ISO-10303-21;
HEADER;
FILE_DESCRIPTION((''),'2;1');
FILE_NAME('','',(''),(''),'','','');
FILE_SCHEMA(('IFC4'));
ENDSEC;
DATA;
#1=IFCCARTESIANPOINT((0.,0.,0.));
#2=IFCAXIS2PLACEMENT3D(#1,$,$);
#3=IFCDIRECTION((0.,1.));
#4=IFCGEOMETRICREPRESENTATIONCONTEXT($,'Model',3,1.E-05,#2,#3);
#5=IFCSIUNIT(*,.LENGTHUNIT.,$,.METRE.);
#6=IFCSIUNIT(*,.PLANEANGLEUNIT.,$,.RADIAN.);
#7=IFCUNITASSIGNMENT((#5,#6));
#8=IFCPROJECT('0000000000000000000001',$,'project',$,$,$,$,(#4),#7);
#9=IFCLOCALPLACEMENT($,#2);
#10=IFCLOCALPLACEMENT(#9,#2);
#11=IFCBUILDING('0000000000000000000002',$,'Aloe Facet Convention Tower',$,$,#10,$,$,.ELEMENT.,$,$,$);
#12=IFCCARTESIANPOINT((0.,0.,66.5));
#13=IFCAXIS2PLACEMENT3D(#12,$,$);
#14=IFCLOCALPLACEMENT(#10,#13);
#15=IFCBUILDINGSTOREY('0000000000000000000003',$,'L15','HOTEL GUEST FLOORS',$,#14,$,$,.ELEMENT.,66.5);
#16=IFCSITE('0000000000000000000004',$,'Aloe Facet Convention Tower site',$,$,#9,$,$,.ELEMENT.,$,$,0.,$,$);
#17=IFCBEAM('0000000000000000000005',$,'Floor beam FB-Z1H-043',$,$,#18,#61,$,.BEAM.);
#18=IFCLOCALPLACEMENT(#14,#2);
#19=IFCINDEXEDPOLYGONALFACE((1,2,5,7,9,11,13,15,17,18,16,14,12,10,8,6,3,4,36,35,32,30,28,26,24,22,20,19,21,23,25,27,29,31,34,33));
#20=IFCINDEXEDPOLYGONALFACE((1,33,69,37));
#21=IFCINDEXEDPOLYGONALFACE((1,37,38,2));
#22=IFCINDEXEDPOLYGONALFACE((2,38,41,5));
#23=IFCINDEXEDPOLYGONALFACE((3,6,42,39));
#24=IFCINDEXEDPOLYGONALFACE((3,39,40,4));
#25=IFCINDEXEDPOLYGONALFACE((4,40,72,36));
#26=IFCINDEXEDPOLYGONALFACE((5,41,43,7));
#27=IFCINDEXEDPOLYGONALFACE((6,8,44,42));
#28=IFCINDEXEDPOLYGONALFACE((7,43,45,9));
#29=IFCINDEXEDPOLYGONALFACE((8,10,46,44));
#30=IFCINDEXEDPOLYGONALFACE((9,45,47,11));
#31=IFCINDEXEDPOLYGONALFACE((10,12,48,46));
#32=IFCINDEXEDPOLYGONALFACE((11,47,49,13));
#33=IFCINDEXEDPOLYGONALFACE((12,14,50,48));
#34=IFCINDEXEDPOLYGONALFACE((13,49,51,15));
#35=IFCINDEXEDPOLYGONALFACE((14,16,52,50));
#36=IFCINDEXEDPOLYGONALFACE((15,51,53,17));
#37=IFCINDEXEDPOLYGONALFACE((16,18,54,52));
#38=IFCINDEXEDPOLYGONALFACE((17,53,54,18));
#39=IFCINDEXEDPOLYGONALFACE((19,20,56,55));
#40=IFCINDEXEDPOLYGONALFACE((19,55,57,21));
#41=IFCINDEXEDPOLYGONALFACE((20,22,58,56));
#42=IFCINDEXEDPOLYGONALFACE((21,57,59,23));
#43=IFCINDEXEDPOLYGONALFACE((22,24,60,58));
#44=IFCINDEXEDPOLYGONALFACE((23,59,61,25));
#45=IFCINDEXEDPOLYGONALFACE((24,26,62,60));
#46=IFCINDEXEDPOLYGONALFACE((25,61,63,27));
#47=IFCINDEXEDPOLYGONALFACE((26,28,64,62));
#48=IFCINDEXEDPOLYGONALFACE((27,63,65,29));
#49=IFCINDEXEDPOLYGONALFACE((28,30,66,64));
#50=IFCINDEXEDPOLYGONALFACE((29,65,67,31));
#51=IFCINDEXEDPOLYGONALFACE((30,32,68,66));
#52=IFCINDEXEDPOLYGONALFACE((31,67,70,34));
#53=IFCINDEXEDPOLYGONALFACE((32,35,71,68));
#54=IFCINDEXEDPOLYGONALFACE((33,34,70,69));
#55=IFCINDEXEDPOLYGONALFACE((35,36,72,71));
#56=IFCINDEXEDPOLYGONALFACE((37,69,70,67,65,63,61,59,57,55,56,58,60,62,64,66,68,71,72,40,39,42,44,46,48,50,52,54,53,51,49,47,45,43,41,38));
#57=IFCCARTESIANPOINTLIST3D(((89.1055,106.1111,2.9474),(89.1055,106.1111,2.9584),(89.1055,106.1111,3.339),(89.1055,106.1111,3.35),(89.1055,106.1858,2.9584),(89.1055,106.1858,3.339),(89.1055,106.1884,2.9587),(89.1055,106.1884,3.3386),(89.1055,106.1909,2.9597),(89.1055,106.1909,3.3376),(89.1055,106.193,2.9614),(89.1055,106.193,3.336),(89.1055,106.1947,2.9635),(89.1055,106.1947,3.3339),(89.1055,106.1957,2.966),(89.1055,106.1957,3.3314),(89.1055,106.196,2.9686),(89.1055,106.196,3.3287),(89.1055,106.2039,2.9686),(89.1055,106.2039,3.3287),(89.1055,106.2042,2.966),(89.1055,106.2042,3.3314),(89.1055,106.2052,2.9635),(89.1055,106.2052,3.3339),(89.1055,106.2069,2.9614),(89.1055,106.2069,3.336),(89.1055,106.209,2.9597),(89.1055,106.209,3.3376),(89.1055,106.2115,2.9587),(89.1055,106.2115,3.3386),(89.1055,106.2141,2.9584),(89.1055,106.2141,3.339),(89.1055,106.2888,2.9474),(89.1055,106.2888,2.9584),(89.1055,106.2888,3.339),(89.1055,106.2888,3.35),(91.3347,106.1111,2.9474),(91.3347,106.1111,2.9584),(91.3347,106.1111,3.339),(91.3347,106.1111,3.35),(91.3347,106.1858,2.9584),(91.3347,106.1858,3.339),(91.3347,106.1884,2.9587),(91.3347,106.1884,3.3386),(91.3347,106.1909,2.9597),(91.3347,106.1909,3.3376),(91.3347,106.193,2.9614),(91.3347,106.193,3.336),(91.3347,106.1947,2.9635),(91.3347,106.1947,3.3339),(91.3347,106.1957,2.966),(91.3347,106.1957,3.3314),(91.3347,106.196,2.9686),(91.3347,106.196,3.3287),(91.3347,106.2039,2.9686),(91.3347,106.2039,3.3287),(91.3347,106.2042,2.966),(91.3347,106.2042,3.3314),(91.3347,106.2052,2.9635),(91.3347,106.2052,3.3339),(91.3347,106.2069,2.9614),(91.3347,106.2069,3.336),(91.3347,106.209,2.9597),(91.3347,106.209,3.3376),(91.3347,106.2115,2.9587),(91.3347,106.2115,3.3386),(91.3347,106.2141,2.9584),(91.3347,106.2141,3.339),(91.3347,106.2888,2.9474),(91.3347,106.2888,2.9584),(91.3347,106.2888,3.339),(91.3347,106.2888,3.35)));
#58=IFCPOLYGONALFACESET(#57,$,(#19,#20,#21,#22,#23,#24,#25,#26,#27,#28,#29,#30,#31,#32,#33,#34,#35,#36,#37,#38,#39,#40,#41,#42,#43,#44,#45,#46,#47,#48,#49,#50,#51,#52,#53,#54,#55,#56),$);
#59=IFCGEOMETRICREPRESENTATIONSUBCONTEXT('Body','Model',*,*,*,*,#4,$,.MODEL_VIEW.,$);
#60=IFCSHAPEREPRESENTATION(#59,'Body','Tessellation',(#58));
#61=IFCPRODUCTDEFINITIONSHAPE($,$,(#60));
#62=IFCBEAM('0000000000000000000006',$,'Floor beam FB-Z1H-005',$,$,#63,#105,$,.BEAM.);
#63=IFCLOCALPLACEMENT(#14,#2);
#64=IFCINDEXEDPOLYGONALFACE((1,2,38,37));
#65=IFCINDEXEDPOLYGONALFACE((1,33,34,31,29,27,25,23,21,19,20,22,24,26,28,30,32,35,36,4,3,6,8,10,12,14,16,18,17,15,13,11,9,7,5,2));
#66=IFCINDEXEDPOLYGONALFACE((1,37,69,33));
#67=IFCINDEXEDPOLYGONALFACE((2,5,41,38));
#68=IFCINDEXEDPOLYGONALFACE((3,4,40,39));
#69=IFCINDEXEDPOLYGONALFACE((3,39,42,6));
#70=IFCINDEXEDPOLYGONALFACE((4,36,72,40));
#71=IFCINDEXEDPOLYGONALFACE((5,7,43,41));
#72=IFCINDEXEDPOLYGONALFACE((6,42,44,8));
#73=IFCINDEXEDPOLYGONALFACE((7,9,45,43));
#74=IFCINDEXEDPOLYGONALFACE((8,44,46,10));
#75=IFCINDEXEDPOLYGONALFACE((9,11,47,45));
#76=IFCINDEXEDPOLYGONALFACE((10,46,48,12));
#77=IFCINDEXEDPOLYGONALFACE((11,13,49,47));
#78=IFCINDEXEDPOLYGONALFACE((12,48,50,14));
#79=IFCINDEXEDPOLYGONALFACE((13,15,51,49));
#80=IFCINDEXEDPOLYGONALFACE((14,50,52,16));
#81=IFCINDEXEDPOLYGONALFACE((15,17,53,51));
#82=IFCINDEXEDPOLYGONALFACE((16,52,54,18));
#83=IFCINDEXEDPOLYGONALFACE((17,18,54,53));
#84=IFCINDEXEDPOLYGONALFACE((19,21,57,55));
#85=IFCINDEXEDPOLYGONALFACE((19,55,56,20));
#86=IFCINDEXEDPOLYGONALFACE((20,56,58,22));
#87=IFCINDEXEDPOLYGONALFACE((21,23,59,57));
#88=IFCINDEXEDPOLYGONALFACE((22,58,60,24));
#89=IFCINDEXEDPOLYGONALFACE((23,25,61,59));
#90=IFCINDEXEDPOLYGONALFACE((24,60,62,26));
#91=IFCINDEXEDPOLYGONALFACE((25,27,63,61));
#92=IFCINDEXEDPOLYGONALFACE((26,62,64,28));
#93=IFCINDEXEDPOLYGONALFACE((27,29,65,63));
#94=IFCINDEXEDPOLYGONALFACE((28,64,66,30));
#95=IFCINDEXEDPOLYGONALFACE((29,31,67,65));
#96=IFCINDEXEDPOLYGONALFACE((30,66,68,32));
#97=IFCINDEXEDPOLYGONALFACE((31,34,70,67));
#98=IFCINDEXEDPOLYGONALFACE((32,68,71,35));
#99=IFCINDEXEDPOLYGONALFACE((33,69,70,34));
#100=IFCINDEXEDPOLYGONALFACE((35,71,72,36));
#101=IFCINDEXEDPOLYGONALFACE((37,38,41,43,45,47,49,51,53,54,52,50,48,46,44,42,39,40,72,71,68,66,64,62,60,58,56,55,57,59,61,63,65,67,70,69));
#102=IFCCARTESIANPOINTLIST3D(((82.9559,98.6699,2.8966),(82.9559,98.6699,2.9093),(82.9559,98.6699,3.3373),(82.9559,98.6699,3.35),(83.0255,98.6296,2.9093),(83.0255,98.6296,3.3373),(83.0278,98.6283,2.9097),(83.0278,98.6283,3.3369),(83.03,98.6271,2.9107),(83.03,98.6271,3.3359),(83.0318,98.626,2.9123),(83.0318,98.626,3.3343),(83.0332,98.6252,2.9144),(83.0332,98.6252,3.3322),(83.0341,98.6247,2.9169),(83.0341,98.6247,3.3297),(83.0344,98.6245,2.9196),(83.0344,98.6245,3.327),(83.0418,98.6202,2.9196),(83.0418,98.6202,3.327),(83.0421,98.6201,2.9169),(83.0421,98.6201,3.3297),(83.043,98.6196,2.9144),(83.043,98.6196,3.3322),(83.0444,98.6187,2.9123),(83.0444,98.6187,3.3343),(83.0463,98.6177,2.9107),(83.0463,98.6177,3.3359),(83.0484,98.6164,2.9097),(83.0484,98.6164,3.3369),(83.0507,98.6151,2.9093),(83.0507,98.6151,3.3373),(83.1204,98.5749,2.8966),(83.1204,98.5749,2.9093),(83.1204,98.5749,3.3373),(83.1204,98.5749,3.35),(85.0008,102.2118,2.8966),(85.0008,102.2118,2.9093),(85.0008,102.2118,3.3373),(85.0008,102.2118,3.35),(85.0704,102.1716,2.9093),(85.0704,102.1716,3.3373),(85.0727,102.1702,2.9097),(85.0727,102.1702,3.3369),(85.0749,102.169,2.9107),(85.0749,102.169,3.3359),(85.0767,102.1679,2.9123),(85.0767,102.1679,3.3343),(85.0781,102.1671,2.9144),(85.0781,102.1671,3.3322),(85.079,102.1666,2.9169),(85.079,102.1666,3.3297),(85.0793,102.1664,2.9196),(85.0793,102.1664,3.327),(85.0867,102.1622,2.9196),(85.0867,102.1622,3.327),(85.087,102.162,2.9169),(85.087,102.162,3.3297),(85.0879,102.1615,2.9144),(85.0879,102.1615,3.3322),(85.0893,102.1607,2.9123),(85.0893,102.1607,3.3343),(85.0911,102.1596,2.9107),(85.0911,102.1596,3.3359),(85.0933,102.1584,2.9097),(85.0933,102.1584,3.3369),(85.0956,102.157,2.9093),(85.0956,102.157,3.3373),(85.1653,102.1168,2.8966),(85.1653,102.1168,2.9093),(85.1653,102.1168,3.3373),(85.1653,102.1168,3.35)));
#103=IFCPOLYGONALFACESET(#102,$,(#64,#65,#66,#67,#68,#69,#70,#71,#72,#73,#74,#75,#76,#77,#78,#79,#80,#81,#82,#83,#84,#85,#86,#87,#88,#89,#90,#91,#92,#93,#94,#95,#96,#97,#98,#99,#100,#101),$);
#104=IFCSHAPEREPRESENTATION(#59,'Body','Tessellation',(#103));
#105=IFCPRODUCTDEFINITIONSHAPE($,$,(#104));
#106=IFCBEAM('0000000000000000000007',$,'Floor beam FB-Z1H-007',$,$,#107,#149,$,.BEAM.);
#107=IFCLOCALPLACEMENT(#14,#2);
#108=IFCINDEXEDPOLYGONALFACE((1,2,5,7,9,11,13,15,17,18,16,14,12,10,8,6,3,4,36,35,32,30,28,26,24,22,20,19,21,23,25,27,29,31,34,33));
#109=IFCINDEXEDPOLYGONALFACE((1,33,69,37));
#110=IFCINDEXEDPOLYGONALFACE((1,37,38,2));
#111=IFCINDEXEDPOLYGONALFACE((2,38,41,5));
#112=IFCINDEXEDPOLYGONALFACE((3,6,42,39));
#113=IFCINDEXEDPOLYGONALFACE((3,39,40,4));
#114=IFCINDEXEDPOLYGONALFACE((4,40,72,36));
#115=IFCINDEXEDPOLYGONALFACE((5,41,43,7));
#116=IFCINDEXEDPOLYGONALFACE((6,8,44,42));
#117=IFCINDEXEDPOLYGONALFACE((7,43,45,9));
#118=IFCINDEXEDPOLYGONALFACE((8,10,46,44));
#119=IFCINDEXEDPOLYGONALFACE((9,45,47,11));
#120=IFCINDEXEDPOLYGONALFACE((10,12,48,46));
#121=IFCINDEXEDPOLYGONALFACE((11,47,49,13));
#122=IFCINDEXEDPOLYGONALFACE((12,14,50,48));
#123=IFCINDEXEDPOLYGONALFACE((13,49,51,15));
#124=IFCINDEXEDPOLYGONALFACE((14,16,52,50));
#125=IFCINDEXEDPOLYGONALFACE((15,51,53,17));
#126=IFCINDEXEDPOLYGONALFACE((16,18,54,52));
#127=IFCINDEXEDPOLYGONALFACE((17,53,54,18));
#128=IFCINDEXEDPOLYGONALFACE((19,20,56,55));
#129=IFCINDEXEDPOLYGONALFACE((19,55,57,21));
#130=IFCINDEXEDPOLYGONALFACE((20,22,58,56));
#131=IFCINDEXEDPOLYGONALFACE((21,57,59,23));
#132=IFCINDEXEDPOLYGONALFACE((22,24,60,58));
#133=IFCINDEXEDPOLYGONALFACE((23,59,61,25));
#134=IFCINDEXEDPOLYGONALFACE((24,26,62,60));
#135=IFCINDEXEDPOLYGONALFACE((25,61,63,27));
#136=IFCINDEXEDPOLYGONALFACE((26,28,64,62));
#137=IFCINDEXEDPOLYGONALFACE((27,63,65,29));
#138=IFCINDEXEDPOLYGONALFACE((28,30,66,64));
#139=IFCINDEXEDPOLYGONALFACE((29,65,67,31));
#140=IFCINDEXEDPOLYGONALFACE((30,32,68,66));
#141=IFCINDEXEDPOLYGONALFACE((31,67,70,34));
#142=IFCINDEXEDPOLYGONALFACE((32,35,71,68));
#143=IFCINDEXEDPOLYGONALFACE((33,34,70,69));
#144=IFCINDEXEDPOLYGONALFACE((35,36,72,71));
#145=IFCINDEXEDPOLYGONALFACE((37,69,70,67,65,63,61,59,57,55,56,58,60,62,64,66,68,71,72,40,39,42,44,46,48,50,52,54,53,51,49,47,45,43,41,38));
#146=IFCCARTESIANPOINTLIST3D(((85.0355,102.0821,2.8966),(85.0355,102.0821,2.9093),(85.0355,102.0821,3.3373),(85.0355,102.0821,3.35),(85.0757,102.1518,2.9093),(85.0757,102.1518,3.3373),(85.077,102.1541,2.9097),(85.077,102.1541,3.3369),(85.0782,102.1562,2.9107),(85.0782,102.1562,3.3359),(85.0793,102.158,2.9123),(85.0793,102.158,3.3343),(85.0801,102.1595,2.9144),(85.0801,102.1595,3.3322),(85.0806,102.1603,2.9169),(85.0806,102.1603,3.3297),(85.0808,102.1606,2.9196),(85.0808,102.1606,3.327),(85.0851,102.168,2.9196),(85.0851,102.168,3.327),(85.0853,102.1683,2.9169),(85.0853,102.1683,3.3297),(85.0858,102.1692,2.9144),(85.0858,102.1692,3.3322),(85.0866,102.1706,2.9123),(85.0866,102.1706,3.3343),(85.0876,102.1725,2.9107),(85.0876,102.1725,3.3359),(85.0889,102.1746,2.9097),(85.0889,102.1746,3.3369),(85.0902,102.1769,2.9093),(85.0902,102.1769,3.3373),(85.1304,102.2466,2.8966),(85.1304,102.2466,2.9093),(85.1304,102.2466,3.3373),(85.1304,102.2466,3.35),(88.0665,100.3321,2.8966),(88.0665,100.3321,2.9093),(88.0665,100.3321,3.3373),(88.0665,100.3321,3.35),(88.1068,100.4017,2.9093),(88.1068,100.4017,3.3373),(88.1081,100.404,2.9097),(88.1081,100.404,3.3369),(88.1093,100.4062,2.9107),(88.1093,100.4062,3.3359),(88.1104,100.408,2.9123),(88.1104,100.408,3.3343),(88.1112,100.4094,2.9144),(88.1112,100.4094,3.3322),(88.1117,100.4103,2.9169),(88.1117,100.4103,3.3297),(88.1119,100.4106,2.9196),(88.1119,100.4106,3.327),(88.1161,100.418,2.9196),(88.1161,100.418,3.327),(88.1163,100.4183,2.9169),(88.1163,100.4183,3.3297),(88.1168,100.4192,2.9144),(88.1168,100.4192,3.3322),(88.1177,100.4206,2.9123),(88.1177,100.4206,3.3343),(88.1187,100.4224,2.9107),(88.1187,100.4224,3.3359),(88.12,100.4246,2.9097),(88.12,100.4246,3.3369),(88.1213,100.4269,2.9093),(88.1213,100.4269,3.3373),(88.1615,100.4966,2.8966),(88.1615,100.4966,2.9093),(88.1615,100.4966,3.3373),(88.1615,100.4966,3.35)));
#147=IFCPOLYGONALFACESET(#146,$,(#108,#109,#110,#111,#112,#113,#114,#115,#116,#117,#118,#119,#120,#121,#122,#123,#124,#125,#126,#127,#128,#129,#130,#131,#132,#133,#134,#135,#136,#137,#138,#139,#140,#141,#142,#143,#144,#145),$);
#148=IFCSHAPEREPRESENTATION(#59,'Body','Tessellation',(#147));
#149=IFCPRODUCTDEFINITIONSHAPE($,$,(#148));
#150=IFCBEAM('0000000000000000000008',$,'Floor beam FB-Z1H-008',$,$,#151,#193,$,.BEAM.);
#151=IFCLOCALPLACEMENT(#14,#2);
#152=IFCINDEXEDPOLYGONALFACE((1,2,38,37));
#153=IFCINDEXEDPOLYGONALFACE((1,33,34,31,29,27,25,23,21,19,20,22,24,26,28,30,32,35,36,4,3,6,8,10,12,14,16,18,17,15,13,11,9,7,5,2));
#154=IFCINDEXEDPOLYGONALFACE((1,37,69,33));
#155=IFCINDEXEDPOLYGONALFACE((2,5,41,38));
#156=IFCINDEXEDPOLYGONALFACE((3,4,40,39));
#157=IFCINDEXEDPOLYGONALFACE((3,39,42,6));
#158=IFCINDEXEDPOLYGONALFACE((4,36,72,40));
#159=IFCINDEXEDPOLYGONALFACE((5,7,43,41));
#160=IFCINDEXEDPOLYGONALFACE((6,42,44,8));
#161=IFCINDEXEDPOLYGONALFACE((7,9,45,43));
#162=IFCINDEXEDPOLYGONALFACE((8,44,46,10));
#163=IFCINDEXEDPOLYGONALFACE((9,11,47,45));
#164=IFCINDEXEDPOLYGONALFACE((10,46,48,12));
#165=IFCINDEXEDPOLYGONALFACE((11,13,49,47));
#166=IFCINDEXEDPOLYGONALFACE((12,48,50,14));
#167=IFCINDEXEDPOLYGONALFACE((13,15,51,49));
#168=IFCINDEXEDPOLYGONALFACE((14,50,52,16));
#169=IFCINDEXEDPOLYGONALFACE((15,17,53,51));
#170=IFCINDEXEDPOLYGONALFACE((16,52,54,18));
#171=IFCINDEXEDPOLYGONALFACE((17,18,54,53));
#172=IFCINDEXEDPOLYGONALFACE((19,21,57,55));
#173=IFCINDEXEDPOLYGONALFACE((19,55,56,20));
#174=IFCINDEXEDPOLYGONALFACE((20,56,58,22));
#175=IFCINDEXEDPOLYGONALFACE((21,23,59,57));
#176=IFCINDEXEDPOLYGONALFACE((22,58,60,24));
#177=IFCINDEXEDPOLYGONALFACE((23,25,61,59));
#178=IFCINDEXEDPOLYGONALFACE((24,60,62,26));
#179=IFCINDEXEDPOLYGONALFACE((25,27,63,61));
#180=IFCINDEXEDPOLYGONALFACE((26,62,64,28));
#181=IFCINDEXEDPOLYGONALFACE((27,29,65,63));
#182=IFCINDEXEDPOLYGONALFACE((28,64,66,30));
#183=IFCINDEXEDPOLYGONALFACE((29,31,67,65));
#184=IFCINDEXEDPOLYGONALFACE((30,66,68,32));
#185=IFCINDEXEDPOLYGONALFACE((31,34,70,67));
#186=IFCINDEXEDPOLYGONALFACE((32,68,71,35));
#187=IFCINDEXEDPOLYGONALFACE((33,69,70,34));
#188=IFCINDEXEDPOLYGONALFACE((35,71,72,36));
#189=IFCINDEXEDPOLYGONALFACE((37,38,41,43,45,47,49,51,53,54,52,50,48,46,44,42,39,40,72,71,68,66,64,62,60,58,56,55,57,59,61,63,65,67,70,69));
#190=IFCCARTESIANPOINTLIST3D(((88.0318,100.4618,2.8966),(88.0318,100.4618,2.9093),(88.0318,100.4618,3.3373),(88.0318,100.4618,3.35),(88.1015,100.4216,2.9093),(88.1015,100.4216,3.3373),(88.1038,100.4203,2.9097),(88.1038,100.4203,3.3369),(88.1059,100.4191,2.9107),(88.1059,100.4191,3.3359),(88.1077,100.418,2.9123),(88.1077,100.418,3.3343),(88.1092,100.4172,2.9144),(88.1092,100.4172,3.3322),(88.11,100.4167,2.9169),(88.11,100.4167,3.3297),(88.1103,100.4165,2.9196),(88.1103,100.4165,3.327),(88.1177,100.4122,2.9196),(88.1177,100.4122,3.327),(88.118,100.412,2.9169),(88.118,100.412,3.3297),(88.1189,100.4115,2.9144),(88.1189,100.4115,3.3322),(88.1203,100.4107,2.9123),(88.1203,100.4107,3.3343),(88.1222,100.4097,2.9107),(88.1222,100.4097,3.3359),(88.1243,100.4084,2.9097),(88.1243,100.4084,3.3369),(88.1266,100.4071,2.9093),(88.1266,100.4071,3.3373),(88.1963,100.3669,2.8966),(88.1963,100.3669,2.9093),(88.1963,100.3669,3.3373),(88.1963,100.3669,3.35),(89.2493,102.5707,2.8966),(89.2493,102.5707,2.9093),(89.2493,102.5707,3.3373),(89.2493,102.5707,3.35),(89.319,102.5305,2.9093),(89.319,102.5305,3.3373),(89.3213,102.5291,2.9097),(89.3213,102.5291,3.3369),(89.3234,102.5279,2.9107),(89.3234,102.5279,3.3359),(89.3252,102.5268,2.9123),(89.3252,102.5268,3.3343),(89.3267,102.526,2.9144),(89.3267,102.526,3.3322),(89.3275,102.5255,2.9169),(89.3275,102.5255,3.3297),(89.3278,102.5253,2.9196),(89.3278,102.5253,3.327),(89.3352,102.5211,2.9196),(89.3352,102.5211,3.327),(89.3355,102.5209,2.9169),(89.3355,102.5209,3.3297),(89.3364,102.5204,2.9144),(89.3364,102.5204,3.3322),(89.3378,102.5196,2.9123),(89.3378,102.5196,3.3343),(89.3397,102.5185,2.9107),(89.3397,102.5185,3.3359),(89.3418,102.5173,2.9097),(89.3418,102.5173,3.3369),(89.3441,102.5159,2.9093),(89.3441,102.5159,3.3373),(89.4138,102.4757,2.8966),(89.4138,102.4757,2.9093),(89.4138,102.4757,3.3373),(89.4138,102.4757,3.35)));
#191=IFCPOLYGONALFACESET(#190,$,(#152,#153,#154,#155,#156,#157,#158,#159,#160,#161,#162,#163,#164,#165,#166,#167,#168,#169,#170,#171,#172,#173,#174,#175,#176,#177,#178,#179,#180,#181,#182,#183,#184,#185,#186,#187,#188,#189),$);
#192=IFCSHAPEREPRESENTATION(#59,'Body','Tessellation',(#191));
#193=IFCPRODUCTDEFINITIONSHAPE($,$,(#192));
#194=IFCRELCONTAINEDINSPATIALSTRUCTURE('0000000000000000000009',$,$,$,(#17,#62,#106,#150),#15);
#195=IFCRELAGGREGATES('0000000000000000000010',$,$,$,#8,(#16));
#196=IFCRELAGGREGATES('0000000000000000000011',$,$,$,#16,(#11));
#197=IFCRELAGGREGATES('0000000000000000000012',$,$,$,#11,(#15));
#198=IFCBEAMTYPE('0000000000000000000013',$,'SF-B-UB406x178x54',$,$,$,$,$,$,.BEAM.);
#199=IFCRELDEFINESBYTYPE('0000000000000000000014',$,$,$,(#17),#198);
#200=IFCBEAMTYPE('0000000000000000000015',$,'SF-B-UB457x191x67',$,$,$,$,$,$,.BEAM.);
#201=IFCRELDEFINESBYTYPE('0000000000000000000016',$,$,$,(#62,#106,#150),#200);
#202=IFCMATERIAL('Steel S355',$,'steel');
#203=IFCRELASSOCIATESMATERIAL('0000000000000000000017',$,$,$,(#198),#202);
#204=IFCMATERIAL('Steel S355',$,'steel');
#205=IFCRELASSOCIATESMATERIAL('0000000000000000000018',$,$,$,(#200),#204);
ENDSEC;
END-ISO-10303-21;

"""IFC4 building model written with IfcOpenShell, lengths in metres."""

from ifc_helpers import new_model, si_unit, direction, frame, origin, origin_2d, place, context, subcontext, project, spatial, i_section, extrude, material, material_profile, profile_set, type_object, element, save


model = new_model("IFC4")

# Units and contexts
model_context = context("Model", 3, precision=1e-05, world=origin(), true_north=direction((0.0, 1.0)))
body_context = subcontext(model_context, "Body", "Model", "MODEL_VIEW")
ifc_project = project(units=[si_unit("LENGTHUNIT", "METRE"), si_unit("PLANEANGLEUNIT", "RADIAN")], contexts=[model_context])

# Site, building, storey
site_placement = place(None, origin())
site = spatial("IfcSite", under=ifc_project, at=site_placement, Name="Aloe Facet Convention Tower site", CompositionType="ELEMENT", RefElevation=0.0)
building_placement = place(site_placement, origin())
building = spatial("IfcBuilding", under=site, at=building_placement, Name="Aloe Facet Convention Tower", CompositionType="ELEMENT")
storey_placement = place(building_placement, frame((0.0, 0.0, 66.5)))
storey = spatial("IfcBuildingStorey", under=building, at=storey_placement, Name="L15", Description="HOTEL GUEST FLOORS", CompositionType="ELEMENT", Elevation=66.5)

# Beams
ifc_material_1 = material(Name="Steel S355", Category="steel")
ifc_material_profile_1 = material_profile(ifc_material_1, i_section(OverallWidth=0.1777, OverallDepth=0.4026, WebThickness=0.0078, FlangeThickness=0.011, FilletRadius=0.0103, at=origin_2d()), Name="UB 406x178x54")
ifc_profile_set_1 = profile_set([ifc_material_profile_1], Name="Steel S355")
beam_type_1 = type_object("IfcBeamType", Name="SF-B-UB406x178x54", PredefinedType="BEAM", material=ifc_profile_set_1)
beam_1_placement = place(storey_placement, frame((89.1055, 106.2, 3.1487), z_axis=(1.0, 0.0, 0.0), x_axis=(0.0, 1.0, 0.0)))
element("IfcBeam", 1, at=beam_1_placement, inside=storey, type_object=beam_type_1, Name="Floor beam FB-Z1H-043", PredefinedType="BEAM", context=body_context, shape_type="SweptSolid", body=[
    extrude(i_section(OverallWidth=0.1777, OverallDepth=0.4026, WebThickness=0.0078, FlangeThickness=0.011, FilletRadius=0.0103, at=origin_2d()), origin(), (0.0, 0.0, 1.0), 2.2292),
])
ifc_material_2 = material(Name="Steel S355", Category="steel")
ifc_material_profile_2 = material_profile(ifc_material_2, i_section(OverallWidth=0.1899, OverallDepth=0.4534, WebThickness=0.0085, FlangeThickness=0.0127, FilletRadius=0.0103, at=origin_2d()), Name="UB 457x191x67")
ifc_profile_set_2 = profile_set([ifc_material_profile_2], Name="Steel S355")
beam_type_2 = type_object("IfcBeamType", Name="SF-B-UB457x191x67", PredefinedType="BEAM", material=ifc_profile_set_2)
beam_2_placement = place(storey_placement, frame((85.083, 102.1643, 3.1233), z_axis=(-0.499991, -0.866031, 0.0), x_axis=(0.866031, -0.499991, 0.0)))
element("IfcBeam", 2, at=beam_2_placement, inside=storey, type_object=beam_type_2, Name="Floor beam FB-Z1H-005", PredefinedType="BEAM", context=body_context, shape_type="SweptSolid", body=[
    extrude(i_section(OverallWidth=0.1899, OverallDepth=0.4534, WebThickness=0.0085, FlangeThickness=0.0127, FilletRadius=0.0103, at=origin_2d()), origin(), (0.0, 0.0, 1.0), 4.0898),
])
beam_3_placement = place(storey_placement, frame((88.114, 100.4143, 3.1233), z_axis=(-0.866019, 0.50001, 0.0), x_axis=(-0.50001, -0.866019, 0.0)))
element("IfcBeam", 3, at=beam_3_placement, inside=storey, type_object=beam_type_2, Name="Floor beam FB-Z1H-007", PredefinedType="BEAM", context=body_context, shape_type="SweptSolid", body=[
    extrude(i_section(OverallWidth=0.1899, OverallDepth=0.4534, WebThickness=0.0085, FlangeThickness=0.0127, FilletRadius=0.0103, at=origin_2d()), origin(), (0.0, 0.0, 1.0), 3.5),
])
beam_4_placement = place(storey_placement, frame((89.3315, 102.5232, 3.1233), z_axis=(-0.499989, -0.866032, 0.0), x_axis=(0.866032, -0.499989, 0.0)))
element("IfcBeam", 4, at=beam_4_placement, inside=storey, type_object=beam_type_2, Name="Floor beam FB-Z1H-008", PredefinedType="BEAM", context=body_context, shape_type="SweptSolid", body=[
    extrude(i_section(OverallWidth=0.1899, OverallDepth=0.4534, WebThickness=0.0085, FlangeThickness=0.0127, FilletRadius=0.0103, at=origin_2d()), origin(), (0.0, 0.0, 1.0), 2.4351),
])

save(model, "model.ifc")
